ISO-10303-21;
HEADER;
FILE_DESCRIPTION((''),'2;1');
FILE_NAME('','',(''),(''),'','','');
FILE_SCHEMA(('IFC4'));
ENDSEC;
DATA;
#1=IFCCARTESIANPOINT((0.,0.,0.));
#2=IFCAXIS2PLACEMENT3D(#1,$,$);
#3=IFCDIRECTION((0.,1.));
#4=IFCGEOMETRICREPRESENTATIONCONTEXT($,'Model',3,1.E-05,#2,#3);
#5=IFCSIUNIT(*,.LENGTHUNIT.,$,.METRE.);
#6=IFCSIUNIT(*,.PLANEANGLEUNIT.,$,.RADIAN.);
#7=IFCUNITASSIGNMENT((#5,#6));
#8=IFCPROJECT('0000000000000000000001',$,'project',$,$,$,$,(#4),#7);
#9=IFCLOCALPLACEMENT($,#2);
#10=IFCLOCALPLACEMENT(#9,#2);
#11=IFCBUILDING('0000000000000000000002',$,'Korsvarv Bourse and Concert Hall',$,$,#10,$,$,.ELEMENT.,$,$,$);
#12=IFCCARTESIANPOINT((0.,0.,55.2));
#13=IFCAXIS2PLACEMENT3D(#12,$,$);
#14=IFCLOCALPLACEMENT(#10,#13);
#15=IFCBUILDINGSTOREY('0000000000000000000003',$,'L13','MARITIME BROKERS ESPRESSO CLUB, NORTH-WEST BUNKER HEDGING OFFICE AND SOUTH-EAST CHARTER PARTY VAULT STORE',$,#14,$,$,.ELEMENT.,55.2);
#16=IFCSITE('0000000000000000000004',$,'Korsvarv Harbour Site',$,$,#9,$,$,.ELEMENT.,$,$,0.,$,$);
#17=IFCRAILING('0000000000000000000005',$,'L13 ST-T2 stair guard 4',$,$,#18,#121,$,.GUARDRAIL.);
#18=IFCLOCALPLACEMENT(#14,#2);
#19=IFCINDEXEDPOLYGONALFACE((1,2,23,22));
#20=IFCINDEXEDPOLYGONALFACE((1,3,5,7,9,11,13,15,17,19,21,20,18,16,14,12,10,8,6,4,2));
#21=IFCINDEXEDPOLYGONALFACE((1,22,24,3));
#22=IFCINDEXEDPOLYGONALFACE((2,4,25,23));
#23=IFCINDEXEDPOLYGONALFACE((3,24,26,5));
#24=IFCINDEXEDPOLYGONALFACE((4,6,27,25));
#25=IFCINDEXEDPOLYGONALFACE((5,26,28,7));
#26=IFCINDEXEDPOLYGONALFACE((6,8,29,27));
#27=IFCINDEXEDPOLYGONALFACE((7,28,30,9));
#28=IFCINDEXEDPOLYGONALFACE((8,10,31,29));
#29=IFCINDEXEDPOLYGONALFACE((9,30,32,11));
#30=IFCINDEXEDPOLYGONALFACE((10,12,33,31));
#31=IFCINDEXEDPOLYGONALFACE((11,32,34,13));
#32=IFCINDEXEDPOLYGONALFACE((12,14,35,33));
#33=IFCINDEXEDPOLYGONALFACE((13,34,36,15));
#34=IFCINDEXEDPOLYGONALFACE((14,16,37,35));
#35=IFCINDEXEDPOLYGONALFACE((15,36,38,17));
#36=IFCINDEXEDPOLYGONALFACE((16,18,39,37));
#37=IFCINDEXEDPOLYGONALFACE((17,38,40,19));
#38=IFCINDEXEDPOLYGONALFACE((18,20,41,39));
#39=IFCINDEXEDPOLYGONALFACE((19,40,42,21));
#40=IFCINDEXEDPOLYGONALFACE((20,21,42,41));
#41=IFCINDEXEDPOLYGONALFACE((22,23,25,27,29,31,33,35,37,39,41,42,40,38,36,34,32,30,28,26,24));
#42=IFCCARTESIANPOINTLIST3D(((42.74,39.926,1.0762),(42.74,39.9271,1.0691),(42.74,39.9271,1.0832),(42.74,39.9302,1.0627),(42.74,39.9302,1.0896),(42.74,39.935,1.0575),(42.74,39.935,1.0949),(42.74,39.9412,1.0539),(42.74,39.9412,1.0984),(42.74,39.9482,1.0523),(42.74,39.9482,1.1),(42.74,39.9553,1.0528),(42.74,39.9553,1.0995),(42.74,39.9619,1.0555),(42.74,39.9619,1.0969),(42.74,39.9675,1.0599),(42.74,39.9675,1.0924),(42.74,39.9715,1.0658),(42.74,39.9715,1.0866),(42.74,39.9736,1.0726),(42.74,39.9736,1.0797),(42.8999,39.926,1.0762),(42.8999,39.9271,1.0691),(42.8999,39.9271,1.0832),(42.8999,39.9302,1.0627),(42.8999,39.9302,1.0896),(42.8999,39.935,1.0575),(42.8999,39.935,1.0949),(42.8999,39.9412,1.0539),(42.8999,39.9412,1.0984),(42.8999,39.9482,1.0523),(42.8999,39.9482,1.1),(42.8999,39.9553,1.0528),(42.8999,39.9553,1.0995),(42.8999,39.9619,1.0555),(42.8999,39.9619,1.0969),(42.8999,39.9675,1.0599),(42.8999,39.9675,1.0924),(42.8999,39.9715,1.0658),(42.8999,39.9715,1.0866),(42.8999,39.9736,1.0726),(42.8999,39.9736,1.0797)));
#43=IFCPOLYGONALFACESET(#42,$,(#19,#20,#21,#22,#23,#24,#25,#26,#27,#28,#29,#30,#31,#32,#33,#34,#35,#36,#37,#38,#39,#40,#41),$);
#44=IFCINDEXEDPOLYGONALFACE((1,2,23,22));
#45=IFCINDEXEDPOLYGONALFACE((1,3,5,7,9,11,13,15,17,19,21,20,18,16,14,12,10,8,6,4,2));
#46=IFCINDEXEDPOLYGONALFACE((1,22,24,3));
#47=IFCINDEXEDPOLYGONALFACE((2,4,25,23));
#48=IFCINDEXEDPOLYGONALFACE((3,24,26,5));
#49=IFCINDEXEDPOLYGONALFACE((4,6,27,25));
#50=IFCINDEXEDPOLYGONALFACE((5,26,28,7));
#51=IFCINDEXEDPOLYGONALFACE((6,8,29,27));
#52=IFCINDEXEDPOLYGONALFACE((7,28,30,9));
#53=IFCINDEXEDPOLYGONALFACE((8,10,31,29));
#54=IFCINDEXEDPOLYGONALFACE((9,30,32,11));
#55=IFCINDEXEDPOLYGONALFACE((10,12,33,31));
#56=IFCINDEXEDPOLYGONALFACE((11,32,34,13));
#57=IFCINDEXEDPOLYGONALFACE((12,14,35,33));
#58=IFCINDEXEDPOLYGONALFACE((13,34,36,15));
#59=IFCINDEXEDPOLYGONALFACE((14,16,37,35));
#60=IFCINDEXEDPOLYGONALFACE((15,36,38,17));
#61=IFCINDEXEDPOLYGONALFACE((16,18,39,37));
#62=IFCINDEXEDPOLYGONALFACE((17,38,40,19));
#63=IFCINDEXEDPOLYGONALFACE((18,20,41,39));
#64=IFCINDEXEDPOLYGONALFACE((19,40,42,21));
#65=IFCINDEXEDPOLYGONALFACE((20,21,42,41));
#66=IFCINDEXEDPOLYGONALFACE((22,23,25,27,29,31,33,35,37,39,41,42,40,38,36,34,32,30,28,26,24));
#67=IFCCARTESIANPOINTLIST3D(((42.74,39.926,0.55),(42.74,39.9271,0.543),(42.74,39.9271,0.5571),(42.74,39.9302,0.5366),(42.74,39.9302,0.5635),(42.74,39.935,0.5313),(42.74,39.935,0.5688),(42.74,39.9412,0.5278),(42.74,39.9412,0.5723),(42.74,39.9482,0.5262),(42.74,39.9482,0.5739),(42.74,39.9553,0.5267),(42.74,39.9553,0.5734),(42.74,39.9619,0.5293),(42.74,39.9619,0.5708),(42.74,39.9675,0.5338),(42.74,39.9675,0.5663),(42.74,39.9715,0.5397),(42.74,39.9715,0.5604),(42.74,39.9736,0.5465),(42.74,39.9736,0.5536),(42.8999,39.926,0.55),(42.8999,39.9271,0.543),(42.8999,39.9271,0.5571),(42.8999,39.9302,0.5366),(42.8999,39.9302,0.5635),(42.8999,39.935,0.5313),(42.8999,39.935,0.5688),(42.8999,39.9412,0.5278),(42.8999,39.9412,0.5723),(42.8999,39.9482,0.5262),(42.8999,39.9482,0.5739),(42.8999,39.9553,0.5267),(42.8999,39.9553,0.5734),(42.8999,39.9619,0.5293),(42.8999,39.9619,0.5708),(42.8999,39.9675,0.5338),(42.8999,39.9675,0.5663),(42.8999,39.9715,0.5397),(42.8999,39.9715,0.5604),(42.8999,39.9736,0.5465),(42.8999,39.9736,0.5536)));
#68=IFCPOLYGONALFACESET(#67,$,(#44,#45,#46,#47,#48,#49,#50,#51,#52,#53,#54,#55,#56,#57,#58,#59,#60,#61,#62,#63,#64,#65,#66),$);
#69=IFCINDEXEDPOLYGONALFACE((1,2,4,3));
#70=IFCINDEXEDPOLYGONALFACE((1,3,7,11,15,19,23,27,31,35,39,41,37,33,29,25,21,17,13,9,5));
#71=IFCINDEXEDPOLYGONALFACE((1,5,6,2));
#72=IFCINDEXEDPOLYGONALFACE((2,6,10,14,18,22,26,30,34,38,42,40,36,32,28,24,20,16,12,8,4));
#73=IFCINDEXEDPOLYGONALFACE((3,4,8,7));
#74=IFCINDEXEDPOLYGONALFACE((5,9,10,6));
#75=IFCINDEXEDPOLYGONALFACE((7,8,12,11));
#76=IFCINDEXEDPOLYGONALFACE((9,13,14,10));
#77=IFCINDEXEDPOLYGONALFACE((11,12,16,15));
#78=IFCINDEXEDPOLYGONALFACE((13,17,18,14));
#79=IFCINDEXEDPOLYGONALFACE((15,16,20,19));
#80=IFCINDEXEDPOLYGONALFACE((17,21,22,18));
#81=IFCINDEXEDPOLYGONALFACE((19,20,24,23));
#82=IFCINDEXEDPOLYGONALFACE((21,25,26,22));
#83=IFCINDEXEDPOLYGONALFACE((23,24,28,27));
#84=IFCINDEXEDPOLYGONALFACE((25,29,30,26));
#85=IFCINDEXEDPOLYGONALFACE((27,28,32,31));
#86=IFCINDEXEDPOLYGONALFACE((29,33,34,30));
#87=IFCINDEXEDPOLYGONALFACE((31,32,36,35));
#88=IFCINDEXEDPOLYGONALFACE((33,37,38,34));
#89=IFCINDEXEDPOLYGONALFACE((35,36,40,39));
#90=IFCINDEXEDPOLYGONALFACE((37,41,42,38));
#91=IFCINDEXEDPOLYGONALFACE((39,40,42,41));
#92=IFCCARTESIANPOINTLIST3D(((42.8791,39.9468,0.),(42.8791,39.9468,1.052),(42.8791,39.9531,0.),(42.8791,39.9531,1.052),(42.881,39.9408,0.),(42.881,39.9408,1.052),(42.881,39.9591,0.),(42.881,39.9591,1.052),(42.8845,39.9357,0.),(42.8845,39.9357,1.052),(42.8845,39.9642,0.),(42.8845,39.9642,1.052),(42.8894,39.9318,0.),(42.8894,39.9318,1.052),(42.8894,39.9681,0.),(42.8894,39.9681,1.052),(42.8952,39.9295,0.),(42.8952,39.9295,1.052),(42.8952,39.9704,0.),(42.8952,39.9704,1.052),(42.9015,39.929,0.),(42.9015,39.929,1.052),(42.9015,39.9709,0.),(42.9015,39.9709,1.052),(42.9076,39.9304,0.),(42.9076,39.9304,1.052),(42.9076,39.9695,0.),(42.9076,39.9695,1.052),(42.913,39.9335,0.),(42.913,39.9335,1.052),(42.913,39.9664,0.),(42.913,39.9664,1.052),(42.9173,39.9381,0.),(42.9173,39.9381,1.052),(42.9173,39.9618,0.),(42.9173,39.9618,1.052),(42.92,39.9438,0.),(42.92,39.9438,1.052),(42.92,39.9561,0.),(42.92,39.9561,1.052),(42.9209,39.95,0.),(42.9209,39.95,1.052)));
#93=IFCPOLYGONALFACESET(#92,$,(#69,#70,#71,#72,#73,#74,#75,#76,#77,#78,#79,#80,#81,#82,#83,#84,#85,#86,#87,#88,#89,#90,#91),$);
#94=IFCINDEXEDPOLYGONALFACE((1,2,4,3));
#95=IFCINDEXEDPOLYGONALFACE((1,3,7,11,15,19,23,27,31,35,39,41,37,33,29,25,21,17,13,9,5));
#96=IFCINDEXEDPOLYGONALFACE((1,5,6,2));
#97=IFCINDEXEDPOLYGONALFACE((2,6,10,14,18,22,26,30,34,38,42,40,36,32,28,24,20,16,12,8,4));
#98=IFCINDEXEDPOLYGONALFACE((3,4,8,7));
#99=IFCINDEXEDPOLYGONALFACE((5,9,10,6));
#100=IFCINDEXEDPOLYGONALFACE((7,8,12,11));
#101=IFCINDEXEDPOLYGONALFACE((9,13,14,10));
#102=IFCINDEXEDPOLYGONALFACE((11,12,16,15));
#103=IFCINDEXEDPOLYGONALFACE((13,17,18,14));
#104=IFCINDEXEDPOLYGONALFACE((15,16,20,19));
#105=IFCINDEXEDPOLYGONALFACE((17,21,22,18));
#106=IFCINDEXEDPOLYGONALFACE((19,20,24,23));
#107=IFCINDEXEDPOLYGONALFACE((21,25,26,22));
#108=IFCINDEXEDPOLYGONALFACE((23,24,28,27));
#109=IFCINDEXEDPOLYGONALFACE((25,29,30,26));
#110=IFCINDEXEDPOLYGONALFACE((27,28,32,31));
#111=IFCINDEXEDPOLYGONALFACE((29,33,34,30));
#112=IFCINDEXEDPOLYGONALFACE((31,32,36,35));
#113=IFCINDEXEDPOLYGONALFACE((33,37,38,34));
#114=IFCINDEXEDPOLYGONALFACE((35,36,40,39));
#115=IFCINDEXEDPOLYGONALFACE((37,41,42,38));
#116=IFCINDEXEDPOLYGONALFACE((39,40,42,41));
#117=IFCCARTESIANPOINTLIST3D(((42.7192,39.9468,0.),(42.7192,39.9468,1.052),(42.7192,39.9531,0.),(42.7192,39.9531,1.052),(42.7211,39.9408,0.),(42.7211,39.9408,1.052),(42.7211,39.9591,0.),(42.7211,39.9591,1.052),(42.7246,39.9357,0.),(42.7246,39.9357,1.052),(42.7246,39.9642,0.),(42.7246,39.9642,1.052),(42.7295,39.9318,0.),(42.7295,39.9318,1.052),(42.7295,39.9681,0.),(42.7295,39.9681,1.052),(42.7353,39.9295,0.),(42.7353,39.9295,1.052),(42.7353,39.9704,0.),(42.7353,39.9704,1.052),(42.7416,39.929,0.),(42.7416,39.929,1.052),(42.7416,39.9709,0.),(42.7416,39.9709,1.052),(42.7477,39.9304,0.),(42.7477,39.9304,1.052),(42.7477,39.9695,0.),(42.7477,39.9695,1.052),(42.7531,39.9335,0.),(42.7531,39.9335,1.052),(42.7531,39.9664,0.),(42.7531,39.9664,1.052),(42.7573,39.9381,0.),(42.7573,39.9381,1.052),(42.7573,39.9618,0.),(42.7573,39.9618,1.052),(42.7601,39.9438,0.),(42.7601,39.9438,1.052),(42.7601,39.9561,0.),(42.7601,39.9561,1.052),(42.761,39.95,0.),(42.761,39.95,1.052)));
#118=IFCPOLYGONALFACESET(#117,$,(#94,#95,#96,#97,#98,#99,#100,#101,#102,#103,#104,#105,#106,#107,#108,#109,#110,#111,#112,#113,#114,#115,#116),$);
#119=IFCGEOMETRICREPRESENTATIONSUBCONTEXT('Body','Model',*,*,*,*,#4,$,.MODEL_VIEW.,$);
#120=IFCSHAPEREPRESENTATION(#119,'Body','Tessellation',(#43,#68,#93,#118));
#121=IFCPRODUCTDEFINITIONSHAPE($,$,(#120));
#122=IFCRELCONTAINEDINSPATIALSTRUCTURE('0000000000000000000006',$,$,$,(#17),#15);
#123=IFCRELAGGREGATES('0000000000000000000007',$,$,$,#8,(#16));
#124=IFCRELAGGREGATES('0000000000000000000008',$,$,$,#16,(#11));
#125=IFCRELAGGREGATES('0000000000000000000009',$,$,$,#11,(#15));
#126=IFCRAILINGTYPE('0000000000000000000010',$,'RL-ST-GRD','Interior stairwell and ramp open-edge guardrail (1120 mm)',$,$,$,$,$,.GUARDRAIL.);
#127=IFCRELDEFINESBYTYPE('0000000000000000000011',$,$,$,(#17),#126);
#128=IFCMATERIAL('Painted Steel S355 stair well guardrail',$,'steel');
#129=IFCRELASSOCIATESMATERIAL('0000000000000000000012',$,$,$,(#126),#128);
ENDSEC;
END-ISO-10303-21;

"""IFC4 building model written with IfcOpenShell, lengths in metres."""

from ifc_helpers import new_model, si_unit, direction, frame, origin, origin_2d, place, context, subcontext, project, spatial, circle, extrude, material, type_object, element, save


model = new_model("IFC4")

# Units and contexts
model_context = context("Model", 3, precision=1e-05, world=origin(), true_north=direction((0.0, 1.0)))
body_context = subcontext(model_context, "Body", "Model", "MODEL_VIEW")
ifc_project = project(units=[si_unit("LENGTHUNIT", "METRE"), si_unit("PLANEANGLEUNIT", "RADIAN")], contexts=[model_context])

# Site, building, storey
site_placement = place(None, origin())
site = spatial("IfcSite", under=ifc_project, at=site_placement, Name="Korsvarv Harbour Site", CompositionType="ELEMENT", RefElevation=0.0)
building_placement = place(site_placement, origin())
building = spatial("IfcBuilding", under=site, at=building_placement, Name="Korsvarv Bourse and Concert Hall", CompositionType="ELEMENT")
storey_placement = place(building_placement, frame((0.0, 0.0, 55.2)))
storey = spatial("IfcBuildingStorey", under=building, at=storey_placement, Name="L13", Description="MARITIME BROKERS ESPRESSO CLUB, NORTH-WEST BUNKER HEDGING OFFICE AND SOUTH-EAST CHARTER PARTY VAULT STORE", CompositionType="ELEMENT", Elevation=55.2)

# Railing
ifc_material_1 = material(Name="Painted Steel S355 stair well guardrail", Category="steel")
railing_type_1 = type_object("IfcRailingType", Name="RL-ST-GRD", Description="Interior stairwell and ramp open-edge guardrail (1120 mm)", PredefinedType="GUARDRAIL", material=ifc_material_1)
railing_1_placement = place(storey_placement, frame((42.8999, 39.95, 0.0)))
element("IfcRailing", 1, at=railing_1_placement, inside=storey, type_object=railing_type_1, Name="L13 ST-T2 stair guard 4", PredefinedType="GUARDRAIL", context=body_context, shape_type="SweptSolid", body=[
    extrude(circle(Radius=0.0239, at=origin_2d()), frame((0.0, 0.0, 1.0762), z_axis=(-1.0, 0.0, 0.0), x_axis=(0.0, -1.0, 0.0)), (0.0, 0.0, 1.0), 0.1599),
    extrude(circle(Radius=0.0239, at=origin_2d()), frame((0.0, 0.0, 0.55), z_axis=(-1.0, 0.0, 0.0), x_axis=(0.0, -1.0, 0.0)), (0.0, 0.0, 1.0), 0.1599),
    extrude(circle(Radius=0.021, at=origin_2d()), origin(), (0.0, 0.0, 1.0), 1.052),
    extrude(circle(Radius=0.021, at=origin_2d()), frame((-0.1599, 0.0, 0.0)), (0.0, 0.0, 1.0), 1.052),
])

save(model, "model.ifc")
